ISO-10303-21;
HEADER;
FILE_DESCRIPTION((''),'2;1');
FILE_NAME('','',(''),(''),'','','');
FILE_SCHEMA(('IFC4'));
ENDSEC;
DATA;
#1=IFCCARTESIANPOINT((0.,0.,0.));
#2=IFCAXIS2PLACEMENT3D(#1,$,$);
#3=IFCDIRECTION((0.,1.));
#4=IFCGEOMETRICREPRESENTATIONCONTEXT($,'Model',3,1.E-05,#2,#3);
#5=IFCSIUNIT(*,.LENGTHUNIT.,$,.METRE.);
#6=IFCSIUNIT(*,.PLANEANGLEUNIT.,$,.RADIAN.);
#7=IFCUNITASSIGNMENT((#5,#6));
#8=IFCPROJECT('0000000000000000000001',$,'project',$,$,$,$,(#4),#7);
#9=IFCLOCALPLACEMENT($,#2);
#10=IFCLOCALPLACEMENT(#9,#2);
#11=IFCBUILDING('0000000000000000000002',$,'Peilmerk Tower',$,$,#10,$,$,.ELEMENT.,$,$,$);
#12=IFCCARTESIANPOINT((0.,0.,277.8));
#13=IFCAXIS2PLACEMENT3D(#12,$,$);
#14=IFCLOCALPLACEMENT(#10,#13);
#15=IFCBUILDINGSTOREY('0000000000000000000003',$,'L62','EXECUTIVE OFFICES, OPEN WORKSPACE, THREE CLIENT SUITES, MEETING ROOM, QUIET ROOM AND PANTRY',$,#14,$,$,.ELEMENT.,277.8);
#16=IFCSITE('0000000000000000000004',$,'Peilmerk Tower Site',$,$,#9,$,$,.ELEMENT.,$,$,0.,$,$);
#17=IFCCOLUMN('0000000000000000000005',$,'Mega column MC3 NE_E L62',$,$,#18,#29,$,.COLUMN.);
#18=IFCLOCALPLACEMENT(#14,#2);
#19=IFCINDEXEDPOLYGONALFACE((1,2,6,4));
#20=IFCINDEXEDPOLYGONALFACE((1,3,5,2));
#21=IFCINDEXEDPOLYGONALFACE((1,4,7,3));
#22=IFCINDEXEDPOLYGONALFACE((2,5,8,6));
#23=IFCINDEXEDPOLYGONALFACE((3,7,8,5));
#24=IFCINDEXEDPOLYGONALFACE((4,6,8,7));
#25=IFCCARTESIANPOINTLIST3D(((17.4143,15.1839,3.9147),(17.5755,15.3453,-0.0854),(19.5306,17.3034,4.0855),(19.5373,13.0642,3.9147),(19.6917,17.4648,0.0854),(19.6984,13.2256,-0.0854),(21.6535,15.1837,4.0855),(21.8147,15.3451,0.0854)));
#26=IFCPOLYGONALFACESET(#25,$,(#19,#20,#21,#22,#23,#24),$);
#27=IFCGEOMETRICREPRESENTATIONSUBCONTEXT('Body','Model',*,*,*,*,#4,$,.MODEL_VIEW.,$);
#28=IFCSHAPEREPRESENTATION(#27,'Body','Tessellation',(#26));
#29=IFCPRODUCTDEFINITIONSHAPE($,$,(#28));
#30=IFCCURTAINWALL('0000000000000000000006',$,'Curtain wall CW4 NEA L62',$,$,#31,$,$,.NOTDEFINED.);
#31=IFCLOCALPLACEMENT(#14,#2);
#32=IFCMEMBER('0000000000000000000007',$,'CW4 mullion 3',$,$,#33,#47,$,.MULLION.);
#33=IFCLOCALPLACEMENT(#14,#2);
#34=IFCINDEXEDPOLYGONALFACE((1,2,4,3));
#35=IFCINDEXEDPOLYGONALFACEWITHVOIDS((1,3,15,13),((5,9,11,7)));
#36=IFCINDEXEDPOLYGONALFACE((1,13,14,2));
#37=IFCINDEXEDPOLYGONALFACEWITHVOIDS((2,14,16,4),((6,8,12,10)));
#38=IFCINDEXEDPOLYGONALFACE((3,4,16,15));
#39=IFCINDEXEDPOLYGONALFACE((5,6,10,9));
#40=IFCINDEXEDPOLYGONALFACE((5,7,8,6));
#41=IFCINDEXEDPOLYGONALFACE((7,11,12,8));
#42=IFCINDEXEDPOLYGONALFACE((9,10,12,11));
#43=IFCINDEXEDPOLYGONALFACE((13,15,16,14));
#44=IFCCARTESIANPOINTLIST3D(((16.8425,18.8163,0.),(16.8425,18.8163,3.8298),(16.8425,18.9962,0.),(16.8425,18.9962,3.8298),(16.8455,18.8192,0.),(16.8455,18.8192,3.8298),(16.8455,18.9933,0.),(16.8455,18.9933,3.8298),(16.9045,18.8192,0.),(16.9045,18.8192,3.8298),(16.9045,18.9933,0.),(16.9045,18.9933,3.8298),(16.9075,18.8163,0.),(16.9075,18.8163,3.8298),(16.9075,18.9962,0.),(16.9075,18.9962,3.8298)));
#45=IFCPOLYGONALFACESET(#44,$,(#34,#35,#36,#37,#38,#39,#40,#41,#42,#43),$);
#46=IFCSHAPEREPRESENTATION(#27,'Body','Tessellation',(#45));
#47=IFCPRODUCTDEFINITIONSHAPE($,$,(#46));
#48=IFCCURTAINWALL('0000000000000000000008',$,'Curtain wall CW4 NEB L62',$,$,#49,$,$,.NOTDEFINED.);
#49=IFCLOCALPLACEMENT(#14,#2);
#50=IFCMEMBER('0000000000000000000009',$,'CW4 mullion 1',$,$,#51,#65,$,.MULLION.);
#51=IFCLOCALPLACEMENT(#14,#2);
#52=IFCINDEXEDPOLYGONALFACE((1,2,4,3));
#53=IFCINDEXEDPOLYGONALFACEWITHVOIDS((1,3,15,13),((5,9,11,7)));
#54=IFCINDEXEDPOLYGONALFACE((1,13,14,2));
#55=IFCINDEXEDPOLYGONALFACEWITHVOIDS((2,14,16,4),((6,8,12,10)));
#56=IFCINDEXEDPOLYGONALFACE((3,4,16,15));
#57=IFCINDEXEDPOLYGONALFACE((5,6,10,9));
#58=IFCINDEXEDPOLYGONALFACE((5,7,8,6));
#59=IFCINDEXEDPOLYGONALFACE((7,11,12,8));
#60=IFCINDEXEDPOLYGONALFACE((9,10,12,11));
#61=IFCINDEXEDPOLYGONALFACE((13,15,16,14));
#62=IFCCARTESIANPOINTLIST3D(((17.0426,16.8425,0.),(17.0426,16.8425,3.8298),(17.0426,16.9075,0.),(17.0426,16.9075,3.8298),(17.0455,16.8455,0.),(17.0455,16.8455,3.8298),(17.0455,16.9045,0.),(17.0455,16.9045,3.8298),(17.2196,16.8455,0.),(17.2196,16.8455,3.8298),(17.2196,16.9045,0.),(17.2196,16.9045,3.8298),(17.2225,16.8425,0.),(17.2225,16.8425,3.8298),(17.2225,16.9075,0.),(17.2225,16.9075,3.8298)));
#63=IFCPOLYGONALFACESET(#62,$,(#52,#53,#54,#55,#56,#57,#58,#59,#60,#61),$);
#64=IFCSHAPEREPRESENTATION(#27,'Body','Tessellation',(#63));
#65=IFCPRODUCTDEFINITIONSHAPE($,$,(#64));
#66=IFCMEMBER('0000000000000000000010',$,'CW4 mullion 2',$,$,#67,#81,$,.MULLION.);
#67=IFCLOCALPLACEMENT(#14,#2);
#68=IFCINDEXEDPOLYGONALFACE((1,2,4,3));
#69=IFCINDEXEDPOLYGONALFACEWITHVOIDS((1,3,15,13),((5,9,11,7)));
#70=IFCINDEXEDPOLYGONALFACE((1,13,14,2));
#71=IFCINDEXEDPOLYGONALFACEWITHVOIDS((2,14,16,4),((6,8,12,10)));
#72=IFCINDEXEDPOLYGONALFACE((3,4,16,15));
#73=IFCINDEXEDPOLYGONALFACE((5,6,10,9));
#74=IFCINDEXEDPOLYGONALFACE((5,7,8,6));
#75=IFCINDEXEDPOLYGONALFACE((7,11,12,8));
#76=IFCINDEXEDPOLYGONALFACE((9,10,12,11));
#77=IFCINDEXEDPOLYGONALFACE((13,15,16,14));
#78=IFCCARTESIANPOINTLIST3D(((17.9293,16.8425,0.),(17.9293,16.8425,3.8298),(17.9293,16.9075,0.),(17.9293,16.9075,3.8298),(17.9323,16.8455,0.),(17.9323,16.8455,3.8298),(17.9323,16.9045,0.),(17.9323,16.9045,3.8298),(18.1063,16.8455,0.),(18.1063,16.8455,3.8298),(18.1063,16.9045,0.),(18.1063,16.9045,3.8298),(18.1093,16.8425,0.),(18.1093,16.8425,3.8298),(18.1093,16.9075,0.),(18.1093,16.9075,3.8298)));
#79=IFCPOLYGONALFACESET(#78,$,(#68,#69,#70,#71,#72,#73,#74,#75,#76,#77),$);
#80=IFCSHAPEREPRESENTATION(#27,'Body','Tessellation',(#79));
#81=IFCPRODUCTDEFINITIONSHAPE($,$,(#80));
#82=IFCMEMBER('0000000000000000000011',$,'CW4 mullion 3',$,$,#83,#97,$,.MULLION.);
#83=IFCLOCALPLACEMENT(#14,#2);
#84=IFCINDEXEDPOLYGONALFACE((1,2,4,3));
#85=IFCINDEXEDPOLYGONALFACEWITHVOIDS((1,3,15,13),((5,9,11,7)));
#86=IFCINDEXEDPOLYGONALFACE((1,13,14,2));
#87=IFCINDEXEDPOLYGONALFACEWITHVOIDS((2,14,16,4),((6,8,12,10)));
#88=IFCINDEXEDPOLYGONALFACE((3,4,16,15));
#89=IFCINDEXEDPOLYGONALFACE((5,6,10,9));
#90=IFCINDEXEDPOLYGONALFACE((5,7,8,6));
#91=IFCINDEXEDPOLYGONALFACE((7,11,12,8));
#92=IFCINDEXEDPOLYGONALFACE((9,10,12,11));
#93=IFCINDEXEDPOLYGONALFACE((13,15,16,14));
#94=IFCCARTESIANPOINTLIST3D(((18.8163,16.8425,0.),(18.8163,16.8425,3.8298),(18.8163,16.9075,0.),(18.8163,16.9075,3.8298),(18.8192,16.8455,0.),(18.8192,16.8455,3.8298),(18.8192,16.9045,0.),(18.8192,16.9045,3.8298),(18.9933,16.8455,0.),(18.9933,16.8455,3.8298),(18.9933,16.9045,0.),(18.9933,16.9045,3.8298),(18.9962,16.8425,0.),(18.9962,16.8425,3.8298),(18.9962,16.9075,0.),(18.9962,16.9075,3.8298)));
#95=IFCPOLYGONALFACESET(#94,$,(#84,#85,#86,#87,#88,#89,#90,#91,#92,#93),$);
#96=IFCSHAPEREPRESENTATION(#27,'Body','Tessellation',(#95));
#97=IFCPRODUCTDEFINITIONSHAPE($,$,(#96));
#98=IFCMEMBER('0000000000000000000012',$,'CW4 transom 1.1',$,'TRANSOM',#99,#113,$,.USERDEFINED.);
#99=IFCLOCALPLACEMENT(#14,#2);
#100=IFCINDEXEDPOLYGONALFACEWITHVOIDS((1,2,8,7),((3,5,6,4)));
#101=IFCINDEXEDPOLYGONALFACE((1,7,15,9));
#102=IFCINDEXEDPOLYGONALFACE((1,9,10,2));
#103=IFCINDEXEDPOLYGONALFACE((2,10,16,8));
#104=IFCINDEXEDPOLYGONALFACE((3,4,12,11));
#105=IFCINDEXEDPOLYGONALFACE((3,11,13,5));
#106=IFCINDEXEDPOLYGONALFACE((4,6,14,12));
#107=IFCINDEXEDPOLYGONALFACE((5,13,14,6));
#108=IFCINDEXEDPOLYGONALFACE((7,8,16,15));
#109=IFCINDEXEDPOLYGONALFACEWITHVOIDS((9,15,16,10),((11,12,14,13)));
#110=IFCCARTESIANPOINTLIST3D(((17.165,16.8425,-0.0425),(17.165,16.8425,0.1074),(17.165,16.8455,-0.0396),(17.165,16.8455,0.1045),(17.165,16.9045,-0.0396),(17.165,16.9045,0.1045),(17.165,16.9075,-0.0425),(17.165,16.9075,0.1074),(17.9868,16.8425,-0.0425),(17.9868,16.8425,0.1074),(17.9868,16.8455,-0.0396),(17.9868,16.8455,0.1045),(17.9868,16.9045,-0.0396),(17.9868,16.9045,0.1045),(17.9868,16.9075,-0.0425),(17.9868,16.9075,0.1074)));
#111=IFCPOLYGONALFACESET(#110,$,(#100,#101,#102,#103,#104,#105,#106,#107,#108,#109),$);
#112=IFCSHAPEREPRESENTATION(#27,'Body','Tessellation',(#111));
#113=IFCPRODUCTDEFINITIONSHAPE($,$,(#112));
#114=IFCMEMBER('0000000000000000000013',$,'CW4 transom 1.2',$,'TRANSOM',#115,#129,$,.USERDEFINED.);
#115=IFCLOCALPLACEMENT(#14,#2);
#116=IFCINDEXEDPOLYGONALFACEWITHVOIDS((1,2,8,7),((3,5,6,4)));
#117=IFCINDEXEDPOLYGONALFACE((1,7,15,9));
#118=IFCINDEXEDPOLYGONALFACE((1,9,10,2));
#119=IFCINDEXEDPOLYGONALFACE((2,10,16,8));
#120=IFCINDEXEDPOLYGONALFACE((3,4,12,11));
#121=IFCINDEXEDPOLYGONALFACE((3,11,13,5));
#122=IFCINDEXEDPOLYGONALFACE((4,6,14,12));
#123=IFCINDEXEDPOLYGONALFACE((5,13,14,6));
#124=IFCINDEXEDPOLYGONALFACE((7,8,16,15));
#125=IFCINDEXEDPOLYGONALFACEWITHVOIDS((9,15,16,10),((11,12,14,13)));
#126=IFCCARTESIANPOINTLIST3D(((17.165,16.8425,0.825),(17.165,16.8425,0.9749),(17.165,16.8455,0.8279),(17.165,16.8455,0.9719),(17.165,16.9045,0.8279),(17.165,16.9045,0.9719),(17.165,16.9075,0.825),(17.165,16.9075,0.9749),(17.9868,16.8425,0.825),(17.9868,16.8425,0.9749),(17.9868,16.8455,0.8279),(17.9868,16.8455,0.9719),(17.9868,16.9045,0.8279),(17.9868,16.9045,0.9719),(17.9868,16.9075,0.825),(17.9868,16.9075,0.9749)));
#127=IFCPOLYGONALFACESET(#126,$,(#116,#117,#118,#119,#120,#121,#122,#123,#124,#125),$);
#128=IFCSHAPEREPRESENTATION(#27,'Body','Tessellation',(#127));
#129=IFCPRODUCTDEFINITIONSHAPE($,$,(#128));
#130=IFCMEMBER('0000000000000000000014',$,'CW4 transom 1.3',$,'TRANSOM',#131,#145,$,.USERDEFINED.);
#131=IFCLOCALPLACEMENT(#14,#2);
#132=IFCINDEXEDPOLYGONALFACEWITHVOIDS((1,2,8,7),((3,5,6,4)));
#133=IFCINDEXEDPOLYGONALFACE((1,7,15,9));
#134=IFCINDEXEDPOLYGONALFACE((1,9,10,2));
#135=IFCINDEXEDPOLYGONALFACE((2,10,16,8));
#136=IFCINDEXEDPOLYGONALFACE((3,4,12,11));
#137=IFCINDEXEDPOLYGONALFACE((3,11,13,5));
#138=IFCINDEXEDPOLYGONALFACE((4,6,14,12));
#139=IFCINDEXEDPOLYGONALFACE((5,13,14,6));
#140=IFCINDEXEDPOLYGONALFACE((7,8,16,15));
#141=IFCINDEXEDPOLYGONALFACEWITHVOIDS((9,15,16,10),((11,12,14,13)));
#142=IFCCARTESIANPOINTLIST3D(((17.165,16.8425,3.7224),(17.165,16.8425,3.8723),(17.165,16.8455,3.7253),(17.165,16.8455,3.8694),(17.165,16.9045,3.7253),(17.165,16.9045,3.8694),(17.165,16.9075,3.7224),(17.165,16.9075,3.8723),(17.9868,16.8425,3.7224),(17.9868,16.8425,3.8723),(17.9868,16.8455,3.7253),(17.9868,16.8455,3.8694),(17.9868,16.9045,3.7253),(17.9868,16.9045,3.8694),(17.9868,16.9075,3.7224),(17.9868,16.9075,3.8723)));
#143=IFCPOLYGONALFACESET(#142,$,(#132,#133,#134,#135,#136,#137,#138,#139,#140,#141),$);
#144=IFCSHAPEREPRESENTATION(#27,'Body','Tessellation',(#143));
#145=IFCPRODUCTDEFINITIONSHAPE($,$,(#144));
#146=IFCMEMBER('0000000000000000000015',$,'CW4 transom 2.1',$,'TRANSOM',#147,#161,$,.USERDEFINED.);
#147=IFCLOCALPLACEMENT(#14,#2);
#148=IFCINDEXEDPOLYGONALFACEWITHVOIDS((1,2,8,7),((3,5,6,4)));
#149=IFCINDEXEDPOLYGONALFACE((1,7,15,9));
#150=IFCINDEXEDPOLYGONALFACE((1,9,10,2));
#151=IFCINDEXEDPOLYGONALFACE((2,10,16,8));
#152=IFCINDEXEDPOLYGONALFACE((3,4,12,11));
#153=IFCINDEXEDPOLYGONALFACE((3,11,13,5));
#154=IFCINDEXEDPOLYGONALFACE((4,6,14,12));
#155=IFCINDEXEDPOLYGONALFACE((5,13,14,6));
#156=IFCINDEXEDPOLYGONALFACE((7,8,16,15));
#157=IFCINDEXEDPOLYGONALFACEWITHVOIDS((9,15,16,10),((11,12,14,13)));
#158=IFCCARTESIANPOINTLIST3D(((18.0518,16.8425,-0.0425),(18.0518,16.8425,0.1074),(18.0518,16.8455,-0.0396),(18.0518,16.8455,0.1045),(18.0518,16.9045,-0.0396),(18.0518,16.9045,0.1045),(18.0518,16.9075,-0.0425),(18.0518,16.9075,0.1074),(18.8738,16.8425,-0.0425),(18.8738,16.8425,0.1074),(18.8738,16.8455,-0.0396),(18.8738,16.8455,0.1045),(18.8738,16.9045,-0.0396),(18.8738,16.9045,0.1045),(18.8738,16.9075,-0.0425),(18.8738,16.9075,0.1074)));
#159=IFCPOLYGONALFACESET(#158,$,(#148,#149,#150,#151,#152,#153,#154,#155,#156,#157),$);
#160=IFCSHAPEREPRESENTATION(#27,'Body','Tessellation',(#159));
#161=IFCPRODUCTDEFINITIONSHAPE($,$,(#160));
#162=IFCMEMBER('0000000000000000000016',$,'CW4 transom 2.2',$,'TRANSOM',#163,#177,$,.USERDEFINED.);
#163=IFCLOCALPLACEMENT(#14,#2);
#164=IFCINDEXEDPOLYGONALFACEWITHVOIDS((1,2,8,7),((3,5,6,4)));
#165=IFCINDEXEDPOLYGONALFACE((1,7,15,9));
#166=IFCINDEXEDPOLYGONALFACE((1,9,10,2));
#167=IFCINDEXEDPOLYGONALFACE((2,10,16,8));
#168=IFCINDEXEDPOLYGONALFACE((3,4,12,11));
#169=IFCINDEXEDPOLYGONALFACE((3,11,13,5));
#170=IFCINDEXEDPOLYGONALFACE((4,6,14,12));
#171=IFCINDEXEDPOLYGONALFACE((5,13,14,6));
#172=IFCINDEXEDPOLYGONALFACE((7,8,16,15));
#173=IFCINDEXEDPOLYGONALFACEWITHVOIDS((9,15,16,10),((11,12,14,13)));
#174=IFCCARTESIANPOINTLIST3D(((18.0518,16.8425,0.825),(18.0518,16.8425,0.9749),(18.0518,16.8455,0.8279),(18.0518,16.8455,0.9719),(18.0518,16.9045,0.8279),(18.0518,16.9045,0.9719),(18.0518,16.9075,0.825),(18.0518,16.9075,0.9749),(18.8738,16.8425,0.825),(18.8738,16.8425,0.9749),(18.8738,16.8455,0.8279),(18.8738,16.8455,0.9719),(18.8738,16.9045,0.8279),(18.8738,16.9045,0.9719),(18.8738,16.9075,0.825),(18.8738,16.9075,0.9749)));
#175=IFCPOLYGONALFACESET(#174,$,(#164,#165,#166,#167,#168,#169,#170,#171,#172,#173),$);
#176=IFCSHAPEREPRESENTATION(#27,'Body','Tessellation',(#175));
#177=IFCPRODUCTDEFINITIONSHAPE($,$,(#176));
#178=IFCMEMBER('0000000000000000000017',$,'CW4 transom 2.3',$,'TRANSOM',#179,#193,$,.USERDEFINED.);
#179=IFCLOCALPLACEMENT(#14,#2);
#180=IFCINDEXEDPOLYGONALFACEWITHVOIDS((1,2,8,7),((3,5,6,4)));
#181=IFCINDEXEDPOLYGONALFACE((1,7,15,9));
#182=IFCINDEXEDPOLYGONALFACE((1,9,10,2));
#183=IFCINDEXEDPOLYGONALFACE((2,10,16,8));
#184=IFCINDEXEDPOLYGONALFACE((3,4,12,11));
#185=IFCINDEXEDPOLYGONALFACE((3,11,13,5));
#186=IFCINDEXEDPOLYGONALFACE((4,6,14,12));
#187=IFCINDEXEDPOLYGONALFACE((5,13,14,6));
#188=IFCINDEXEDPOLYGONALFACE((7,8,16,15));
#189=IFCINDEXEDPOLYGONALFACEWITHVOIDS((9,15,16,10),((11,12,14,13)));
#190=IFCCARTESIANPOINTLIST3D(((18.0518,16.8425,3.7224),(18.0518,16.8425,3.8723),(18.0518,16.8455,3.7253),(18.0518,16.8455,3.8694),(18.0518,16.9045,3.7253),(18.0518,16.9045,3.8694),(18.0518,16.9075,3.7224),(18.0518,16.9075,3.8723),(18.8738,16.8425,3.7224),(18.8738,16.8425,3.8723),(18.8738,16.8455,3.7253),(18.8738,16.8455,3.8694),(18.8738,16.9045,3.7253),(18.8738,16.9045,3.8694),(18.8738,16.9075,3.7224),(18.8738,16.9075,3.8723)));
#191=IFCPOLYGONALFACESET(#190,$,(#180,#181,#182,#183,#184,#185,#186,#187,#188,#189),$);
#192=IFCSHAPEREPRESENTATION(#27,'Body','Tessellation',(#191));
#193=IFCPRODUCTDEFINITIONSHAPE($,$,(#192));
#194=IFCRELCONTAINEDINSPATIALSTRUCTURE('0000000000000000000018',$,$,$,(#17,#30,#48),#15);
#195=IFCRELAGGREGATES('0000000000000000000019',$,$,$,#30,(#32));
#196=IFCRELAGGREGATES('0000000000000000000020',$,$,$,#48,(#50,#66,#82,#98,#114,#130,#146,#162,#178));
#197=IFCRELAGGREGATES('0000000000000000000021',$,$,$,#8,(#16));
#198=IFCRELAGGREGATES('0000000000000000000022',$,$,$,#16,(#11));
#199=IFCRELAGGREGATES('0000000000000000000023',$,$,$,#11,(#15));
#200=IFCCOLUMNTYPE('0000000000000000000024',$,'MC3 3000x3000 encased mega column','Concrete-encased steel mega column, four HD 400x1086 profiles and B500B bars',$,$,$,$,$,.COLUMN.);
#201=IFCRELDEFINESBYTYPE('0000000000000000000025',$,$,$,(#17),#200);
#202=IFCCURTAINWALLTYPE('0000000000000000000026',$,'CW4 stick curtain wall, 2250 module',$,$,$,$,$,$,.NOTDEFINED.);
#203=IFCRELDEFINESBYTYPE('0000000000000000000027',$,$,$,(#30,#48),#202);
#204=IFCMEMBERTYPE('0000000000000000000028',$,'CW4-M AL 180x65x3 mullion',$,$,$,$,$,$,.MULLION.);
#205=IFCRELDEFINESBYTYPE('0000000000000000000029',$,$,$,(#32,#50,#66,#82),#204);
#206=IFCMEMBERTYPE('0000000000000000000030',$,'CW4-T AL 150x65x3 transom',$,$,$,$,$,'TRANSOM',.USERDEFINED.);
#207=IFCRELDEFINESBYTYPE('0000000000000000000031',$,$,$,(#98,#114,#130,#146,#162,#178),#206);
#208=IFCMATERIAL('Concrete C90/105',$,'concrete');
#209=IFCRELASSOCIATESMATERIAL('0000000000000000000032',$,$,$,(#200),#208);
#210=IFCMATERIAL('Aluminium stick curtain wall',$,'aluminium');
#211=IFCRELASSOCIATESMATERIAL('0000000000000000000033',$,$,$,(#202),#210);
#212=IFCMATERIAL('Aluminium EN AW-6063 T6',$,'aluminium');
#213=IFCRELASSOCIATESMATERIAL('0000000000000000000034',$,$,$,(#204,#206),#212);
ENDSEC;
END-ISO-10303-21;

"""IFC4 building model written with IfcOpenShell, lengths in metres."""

from ifc_helpers import new_model, si_unit, direction, frame, origin, origin_2d, place, context, subcontext, project, spatial, rectangle, hollow_rectangle, extrude, material, material_profile, profile_set, type_object, element, aggregate, save


model = new_model("IFC4")

# Units and contexts
model_context = context("Model", 3, precision=1e-05, world=origin(), true_north=direction((0.0, 1.0)))
body_context = subcontext(model_context, "Body", "Model", "MODEL_VIEW")
ifc_project = project(units=[si_unit("LENGTHUNIT", "METRE"), si_unit("PLANEANGLEUNIT", "RADIAN")], contexts=[model_context])

# Site, building, storey
site_placement = place(None, origin())
site = spatial("IfcSite", under=ifc_project, at=site_placement, Name="Peilmerk Tower Site", CompositionType="ELEMENT", RefElevation=0.0)
building_placement = place(site_placement, origin())
building = spatial("IfcBuilding", under=site, at=building_placement, Name="Peilmerk Tower", CompositionType="ELEMENT")
storey_placement = place(building_placement, frame((0.0, 0.0, 277.8)))
storey = spatial("IfcBuildingStorey", under=building, at=storey_placement, Name="L62", Description="EXECUTIVE OFFICES, OPEN WORKSPACE, THREE CLIENT SUITES, MEETING ROOM, QUIET ROOM AND PANTRY", CompositionType="ELEMENT", Elevation=277.8)

# Column
ifc_material_1 = material(Name="Concrete C90/105", Category="concrete")
ifc_material_profile_1 = material_profile(ifc_material_1, rectangle(XDim=3.0, YDim=3.0, at=origin_2d()), Name="RC 3000x3000")
ifc_profile_set_1 = profile_set([ifc_material_profile_1], Name="Concrete C90/105")
column_type = type_object("IfcColumnType", Name="MC3 3000x3000 encased mega column", Description="Concrete-encased steel mega column, four HD 400x1086 profiles and B500B bars", PredefinedType="COLUMN", material=ifc_profile_set_1)
column_placement = place(storey_placement, frame((19.6951, 15.3452, 0.0), z_axis=(-0.040218, -0.040279, 0.998379), x_axis=(0.707642, -0.706571, 0.0)))
element("IfcColumn", 1, at=column_placement, inside=storey, type_object=column_type, Name="Mega column MC3 NE_E L62", PredefinedType="COLUMN", context=body_context, shape_type="SweptSolid", body=[
    extrude(rectangle(XDim=3.0, YDim=3.0, at=origin_2d()), origin(), (0.0, 0.0, 1.0), 4.0066),
])

# Curtain wall, member
ifc_material_2 = material(Name="Aluminium stick curtain wall", Category="aluminium")
curtain_wall_type = type_object("IfcCurtainWallType", Name="CW4 stick curtain wall, 2250 module", PredefinedType="NOTDEFINED", material=ifc_material_2)
curtain_wall_1_placement = place(storey_placement, origin())
curtain_wall_1 = element("IfcCurtainWall", 2, at=curtain_wall_1_placement, inside=storey, type_object=curtain_wall_type, Name="Curtain wall CW4 NEA L62", PredefinedType="NOTDEFINED")
ifc_material_3 = material(Name="Aluminium EN AW-6063 T6", Category="aluminium")
ifc_material_profile_2 = material_profile(ifc_material_3, hollow_rectangle(XDim=0.0649, YDim=0.1799, WallThickness=0.0029, at=origin_2d()), Name="AL 180x65x3")
ifc_profile_set_2 = profile_set([ifc_material_profile_2], Name="Aluminium EN AW-6063 T6")
member_type_1 = type_object("IfcMemberType", Name="CW4-M AL 180x65x3 mullion", PredefinedType="MULLION", material=ifc_profile_set_2)
member_1_placement = place(storey_placement, frame((16.875, 18.9062, 0.0), z_axis=(0.0, 0.0, 1.0), x_axis=(-1.0, 0.0, 0.0)))
member_1 = element("IfcMember", 3, at=member_1_placement, type_object=member_type_1, Name="CW4 mullion 3", PredefinedType="MULLION", context=body_context, shape_type="SweptSolid", body=[
    extrude(hollow_rectangle(XDim=0.0649, YDim=0.1799, WallThickness=0.0029, at=origin_2d()), origin(), (0.0, 0.0, 1.0), 3.8298),
])

# Curtain wall, members
curtain_wall_2_placement = place(storey_placement, origin())
curtain_wall_2 = element("IfcCurtainWall", 4, at=curtain_wall_2_placement, inside=storey, type_object=curtain_wall_type, Name="Curtain wall CW4 NEB L62", PredefinedType="NOTDEFINED")
member_2_placement = place(storey_placement, frame((17.1326, 16.875, 0.0), z_axis=(0.0, 0.0, 1.0), x_axis=(0.0, 1.0, 0.0)))
member_2 = element("IfcMember", 5, at=member_2_placement, type_object=member_type_1, Name="CW4 mullion 1", PredefinedType="MULLION", context=body_context, shape_type="SweptSolid", body=[
    extrude(hollow_rectangle(XDim=0.0649, YDim=0.1799, WallThickness=0.0029, at=origin_2d()), origin(), (0.0, 0.0, 1.0), 3.8298),
])
member_3_placement = place(storey_placement, frame((18.0193, 16.875, 0.0), z_axis=(0.0, 0.0, 1.0), x_axis=(0.0, 1.0, 0.0)))
member_3 = element("IfcMember", 6, at=member_3_placement, type_object=member_type_1, Name="CW4 mullion 2", PredefinedType="MULLION", context=body_context, shape_type="SweptSolid", body=[
    extrude(hollow_rectangle(XDim=0.0649, YDim=0.1799, WallThickness=0.0029, at=origin_2d()), origin(), (0.0, 0.0, 1.0), 3.8298),
])
member_4_placement = place(storey_placement, frame((18.9062, 16.875, 0.0), z_axis=(0.0, 0.0, 1.0), x_axis=(0.0, 1.0, 0.0)))
member_4 = element("IfcMember", 7, at=member_4_placement, type_object=member_type_1, Name="CW4 mullion 3", PredefinedType="MULLION", context=body_context, shape_type="SweptSolid", body=[
    extrude(hollow_rectangle(XDim=0.0649, YDim=0.1799, WallThickness=0.0029, at=origin_2d()), origin(), (0.0, 0.0, 1.0), 3.8298),
])
ifc_material_profile_3 = material_profile(ifc_material_3, hollow_rectangle(XDim=0.0649, YDim=0.1499, WallThickness=0.0029, at=origin_2d()), Name="AL 150x65x3")
ifc_profile_set_3 = profile_set([ifc_material_profile_3], Name="Aluminium EN AW-6063 T6")
member_type_2 = type_object("IfcMemberType", Name="CW4-T AL 150x65x3 transom", ElementType="TRANSOM", PredefinedType="USERDEFINED", material=ifc_profile_set_3)
member_5_placement = place(storey_placement, frame((17.165, 16.875, 0.0325), z_axis=(1.0, 0.0, 0.0), x_axis=(0.0, 1.0, 0.0)))
member_5 = element("IfcMember", 8, at=member_5_placement, type_object=member_type_2, Name="CW4 transom 1.1", ObjectType="TRANSOM", PredefinedType="USERDEFINED", context=body_context, shape_type="SweptSolid", body=[
    extrude(hollow_rectangle(XDim=0.0649, YDim=0.1499, WallThickness=0.0029, at=origin_2d()), origin(), (0.0, 0.0, 1.0), 0.8218),
])
member_6_placement = place(storey_placement, frame((17.165, 16.875, 0.8999), z_axis=(1.0, 0.0, 0.0), x_axis=(0.0, 1.0, 0.0)))
member_6 = element("IfcMember", 9, at=member_6_placement, type_object=member_type_2, Name="CW4 transom 1.2", ObjectType="TRANSOM", PredefinedType="USERDEFINED", context=body_context, shape_type="SweptSolid", body=[
    extrude(hollow_rectangle(XDim=0.0649, YDim=0.1499, WallThickness=0.0029, at=origin_2d()), origin(), (0.0, 0.0, 1.0), 0.8218),
])
member_7_placement = place(storey_placement, frame((17.165, 16.875, 3.7974), z_axis=(1.0, 0.0, 0.0), x_axis=(0.0, 1.0, 0.0)))
member_7 = element("IfcMember", 10, at=member_7_placement, type_object=member_type_2, Name="CW4 transom 1.3", ObjectType="TRANSOM", PredefinedType="USERDEFINED", context=body_context, shape_type="SweptSolid", body=[
    extrude(hollow_rectangle(XDim=0.0649, YDim=0.1499, WallThickness=0.0029, at=origin_2d()), origin(), (0.0, 0.0, 1.0), 0.8218),
])
member_8_placement = place(storey_placement, frame((18.0518, 16.875, 0.0325), z_axis=(1.0, 0.0, 0.0), x_axis=(0.0, 1.0, 0.0)))
member_8 = element("IfcMember", 11, at=member_8_placement, type_object=member_type_2, Name="CW4 transom 2.1", ObjectType="TRANSOM", PredefinedType="USERDEFINED", context=body_context, shape_type="SweptSolid", body=[
    extrude(hollow_rectangle(XDim=0.0649, YDim=0.1499, WallThickness=0.0029, at=origin_2d()), origin(), (0.0, 0.0, 1.0), 0.822),
])
member_9_placement = place(storey_placement, frame((18.0518, 16.875, 0.8999), z_axis=(1.0, 0.0, 0.0), x_axis=(0.0, 1.0, 0.0)))
member_9 = element("IfcMember", 12, at=member_9_placement, type_object=member_type_2, Name="CW4 transom 2.2", ObjectType="TRANSOM", PredefinedType="USERDEFINED", context=body_context, shape_type="SweptSolid", body=[
    extrude(hollow_rectangle(XDim=0.0649, YDim=0.1499, WallThickness=0.0029, at=origin_2d()), origin(), (0.0, 0.0, 1.0), 0.822),
])
member_10_placement = place(storey_placement, frame((18.0518, 16.875, 3.7974), z_axis=(1.0, 0.0, 0.0), x_axis=(0.0, 1.0, 0.0)))
member_10 = element("IfcMember", 13, at=member_10_placement, type_object=member_type_2, Name="CW4 transom 2.3", ObjectType="TRANSOM", PredefinedType="USERDEFINED", context=body_context, shape_type="SweptSolid", body=[
    extrude(hollow_rectangle(XDim=0.0649, YDim=0.1499, WallThickness=0.0029, at=origin_2d()), origin(), (0.0, 0.0, 1.0), 0.822),
])

aggregate(curtain_wall_1, [member_1])
aggregate(curtain_wall_2, [member_2, member_3, member_4, member_5, member_6, member_7, member_8, member_9, member_10])

save(model, "model.ifc")
